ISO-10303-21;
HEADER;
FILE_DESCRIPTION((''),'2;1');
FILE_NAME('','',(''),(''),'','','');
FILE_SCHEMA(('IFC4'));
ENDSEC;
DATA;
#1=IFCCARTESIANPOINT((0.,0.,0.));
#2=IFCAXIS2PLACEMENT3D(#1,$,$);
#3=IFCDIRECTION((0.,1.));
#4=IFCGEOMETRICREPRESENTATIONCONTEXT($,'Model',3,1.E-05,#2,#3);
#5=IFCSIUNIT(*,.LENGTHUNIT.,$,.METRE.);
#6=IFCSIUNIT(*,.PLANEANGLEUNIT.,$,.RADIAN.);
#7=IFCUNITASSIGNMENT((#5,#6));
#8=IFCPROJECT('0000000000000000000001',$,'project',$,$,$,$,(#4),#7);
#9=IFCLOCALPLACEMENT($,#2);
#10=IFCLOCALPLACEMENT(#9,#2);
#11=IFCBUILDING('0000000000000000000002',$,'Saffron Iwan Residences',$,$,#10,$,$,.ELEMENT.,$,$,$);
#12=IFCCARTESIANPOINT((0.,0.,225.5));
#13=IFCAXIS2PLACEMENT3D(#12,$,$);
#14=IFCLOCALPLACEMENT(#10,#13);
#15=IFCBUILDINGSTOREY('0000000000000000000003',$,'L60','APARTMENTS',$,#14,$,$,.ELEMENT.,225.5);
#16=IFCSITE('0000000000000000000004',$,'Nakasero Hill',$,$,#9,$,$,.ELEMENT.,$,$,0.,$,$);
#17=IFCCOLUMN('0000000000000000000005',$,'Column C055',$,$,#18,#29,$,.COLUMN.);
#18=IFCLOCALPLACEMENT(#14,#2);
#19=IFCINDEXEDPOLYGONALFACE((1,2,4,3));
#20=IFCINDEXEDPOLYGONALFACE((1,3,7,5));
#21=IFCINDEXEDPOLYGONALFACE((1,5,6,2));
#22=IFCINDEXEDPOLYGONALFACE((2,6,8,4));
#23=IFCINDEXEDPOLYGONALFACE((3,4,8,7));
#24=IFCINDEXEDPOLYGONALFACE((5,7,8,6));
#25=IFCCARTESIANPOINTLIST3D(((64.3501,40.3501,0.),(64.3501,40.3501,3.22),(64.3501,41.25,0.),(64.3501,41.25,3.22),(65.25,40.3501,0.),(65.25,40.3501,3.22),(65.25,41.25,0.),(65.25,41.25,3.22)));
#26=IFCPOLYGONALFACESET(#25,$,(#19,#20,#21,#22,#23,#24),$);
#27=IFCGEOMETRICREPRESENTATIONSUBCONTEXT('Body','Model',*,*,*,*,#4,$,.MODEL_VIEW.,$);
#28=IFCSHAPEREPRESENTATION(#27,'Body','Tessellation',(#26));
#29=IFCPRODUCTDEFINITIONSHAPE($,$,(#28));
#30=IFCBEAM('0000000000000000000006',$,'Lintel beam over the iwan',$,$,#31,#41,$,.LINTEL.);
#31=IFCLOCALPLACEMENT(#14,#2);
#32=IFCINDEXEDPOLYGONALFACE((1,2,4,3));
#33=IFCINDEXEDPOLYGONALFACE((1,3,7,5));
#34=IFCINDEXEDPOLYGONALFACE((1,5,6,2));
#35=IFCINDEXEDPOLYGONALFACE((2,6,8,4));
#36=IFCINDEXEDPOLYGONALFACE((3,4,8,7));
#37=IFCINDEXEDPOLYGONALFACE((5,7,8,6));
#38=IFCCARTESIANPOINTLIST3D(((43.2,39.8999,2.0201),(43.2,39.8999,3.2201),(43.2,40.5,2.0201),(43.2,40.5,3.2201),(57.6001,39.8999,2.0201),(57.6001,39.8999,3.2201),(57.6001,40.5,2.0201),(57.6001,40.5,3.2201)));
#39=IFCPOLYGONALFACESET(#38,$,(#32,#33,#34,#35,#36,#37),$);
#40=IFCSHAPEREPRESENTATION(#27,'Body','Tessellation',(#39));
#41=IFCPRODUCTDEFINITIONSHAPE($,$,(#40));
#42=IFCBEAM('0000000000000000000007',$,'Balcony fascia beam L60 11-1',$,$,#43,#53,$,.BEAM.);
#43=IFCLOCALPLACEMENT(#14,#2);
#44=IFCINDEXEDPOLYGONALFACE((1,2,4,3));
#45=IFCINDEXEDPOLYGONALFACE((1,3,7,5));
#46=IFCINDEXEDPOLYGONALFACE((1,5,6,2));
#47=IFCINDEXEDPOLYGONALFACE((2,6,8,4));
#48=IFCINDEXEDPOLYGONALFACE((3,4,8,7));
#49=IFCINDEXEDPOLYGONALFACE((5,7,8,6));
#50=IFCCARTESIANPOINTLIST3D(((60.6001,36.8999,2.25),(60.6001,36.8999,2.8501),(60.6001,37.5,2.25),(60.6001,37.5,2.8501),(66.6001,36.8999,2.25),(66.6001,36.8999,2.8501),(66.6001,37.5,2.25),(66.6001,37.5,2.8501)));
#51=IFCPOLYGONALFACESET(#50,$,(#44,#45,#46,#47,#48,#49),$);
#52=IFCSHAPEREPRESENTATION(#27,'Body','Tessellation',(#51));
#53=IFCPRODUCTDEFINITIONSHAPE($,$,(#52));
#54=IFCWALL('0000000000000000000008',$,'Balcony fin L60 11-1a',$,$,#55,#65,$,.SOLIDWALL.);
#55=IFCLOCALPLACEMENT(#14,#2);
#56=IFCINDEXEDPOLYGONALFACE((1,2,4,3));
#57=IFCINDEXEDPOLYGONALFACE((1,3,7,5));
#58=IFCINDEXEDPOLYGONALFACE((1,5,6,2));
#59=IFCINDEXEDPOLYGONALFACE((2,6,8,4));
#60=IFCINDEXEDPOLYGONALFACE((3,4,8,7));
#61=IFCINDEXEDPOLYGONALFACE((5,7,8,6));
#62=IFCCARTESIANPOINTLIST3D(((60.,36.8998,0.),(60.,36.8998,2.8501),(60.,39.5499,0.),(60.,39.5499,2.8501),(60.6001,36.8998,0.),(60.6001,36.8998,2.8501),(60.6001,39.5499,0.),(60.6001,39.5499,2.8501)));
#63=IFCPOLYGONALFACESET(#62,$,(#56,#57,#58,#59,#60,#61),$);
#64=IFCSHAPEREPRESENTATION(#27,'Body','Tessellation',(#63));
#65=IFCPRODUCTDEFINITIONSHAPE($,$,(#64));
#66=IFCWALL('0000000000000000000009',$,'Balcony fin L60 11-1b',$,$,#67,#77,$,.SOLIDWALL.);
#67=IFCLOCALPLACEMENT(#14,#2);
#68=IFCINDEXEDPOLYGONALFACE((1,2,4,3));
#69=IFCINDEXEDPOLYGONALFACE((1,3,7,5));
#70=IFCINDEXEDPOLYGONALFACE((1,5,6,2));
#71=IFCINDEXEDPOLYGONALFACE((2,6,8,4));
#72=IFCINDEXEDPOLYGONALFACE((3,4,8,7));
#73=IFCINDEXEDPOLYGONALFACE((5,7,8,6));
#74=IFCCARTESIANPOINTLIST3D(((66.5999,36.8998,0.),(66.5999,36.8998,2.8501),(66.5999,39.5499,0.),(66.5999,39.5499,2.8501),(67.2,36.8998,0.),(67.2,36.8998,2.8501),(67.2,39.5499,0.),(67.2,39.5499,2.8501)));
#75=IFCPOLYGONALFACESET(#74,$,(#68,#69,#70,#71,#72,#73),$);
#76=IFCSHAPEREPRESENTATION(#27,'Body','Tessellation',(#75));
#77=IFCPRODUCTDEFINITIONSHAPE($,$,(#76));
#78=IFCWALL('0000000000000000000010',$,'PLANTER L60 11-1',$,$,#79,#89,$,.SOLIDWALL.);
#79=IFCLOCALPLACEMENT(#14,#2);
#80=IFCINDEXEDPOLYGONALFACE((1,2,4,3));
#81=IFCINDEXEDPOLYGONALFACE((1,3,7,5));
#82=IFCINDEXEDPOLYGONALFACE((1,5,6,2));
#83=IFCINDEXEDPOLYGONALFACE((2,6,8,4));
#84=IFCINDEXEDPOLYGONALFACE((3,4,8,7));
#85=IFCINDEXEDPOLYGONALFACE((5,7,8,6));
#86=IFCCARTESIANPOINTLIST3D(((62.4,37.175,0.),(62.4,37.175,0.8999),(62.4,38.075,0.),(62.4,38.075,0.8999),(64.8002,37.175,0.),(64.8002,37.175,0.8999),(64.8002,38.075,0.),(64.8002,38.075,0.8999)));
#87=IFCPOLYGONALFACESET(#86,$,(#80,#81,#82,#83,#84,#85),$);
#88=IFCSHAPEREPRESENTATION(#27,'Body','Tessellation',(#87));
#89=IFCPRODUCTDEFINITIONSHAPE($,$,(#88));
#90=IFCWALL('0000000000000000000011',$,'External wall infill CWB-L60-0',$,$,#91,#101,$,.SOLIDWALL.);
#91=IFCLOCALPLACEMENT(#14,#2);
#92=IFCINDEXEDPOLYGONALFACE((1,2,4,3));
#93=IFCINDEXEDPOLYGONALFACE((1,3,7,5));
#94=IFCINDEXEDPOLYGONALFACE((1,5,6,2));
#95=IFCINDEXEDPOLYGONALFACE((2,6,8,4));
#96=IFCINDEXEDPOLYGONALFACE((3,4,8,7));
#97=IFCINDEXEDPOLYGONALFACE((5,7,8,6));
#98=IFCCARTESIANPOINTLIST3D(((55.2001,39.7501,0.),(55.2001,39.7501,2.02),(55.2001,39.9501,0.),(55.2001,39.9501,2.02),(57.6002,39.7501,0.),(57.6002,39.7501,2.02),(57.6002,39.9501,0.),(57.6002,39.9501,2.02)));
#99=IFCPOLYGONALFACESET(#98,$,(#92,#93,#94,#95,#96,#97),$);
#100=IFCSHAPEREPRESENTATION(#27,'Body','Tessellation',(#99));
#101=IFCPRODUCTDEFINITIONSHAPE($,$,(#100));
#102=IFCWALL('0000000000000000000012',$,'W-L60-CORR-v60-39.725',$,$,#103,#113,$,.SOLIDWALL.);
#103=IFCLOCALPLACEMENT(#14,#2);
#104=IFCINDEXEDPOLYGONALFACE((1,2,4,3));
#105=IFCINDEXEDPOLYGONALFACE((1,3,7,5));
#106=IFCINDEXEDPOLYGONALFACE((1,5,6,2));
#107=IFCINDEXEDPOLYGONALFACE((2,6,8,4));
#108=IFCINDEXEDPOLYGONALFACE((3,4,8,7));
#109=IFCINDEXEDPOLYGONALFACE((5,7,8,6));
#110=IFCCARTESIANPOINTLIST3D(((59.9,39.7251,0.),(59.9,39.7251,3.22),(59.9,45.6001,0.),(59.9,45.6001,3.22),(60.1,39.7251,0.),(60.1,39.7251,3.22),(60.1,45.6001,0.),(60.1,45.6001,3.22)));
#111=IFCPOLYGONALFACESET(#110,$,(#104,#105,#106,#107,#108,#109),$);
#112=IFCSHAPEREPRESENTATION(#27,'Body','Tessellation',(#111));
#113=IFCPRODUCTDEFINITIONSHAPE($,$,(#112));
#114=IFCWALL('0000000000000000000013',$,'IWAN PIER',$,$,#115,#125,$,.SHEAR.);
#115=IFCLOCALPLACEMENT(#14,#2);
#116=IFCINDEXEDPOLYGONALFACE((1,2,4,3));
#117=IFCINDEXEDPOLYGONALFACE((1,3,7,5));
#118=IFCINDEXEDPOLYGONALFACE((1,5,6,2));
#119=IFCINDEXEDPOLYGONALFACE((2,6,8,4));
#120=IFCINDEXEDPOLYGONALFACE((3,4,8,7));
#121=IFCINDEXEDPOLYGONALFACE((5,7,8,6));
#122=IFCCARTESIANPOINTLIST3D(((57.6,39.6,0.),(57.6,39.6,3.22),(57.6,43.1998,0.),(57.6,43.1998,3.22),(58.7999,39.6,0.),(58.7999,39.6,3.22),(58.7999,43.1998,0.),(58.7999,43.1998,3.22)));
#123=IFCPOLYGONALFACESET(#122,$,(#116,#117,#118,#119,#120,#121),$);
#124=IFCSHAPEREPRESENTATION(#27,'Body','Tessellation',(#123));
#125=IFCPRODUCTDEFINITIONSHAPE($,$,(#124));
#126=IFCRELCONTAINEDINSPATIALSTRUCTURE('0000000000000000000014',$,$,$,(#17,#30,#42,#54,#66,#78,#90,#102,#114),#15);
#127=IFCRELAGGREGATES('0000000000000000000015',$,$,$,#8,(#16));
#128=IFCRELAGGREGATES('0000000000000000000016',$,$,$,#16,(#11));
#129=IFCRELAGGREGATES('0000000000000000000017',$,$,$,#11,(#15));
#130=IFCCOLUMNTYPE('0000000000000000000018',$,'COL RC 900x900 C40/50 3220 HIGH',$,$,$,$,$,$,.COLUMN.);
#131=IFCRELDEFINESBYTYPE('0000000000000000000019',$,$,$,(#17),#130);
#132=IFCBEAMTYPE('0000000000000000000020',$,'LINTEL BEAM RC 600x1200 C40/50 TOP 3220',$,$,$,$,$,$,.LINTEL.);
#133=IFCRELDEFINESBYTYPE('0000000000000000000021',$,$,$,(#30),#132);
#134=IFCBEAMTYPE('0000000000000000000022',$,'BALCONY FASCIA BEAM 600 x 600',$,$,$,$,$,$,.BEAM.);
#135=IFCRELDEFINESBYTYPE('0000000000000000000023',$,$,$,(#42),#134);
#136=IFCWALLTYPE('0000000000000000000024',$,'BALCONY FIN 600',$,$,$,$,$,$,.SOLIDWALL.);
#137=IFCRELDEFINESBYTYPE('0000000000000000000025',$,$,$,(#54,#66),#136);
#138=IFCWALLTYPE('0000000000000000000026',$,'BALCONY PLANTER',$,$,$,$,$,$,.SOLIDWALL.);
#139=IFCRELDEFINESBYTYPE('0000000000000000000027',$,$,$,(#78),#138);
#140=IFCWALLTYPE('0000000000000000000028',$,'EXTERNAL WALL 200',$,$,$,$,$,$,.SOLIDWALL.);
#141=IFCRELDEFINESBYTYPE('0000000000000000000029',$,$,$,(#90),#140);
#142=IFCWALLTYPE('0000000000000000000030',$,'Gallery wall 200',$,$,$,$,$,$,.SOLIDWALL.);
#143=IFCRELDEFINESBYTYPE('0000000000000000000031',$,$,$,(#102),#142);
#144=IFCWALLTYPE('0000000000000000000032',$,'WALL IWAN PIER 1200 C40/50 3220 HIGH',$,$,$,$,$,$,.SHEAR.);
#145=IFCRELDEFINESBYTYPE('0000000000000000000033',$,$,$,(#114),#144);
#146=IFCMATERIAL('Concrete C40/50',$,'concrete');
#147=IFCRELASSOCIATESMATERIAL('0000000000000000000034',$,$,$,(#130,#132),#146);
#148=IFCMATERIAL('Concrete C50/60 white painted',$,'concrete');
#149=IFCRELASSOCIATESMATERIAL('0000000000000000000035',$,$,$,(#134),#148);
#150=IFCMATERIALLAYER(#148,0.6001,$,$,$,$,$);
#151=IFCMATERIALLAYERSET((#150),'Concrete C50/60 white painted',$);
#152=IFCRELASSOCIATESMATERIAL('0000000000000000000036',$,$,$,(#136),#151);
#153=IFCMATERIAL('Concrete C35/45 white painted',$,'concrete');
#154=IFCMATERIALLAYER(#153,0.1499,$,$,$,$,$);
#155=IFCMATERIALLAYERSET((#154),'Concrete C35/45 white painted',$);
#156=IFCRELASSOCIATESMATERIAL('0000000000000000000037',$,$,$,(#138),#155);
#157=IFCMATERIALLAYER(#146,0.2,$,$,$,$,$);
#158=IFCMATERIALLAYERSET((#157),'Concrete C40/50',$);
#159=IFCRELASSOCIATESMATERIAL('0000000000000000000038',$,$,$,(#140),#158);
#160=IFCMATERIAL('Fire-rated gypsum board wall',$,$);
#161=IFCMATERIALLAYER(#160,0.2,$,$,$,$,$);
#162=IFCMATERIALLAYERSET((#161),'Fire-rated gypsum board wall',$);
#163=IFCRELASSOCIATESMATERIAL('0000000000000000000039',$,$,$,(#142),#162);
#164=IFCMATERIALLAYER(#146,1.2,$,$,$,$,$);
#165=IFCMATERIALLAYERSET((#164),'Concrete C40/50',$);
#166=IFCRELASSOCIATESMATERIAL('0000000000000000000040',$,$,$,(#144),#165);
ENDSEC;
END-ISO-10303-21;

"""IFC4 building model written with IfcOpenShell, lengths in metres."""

from ifc_helpers import new_model, si_unit, direction, frame, frame_2d, origin, origin_2d, place, context, subcontext, project, spatial, rectangle, extrude, source, transform, mapped, material, layer, layer_set, material_profile, profile_set, type_object, element, save


model = new_model("IFC4")

# Units and contexts
model_context = context("Model", 3, precision=1e-05, world=origin(), true_north=direction((0.0, 1.0)))
body_context = subcontext(model_context, "Body", "Model", "MODEL_VIEW")
ifc_project = project(units=[si_unit("LENGTHUNIT", "METRE"), si_unit("PLANEANGLEUNIT", "RADIAN")], contexts=[model_context])

# Site, building, storey
site_placement = place(None, origin())
site = spatial("IfcSite", under=ifc_project, at=site_placement, Name="Nakasero Hill", CompositionType="ELEMENT", RefElevation=0.0)
building_placement = place(site_placement, origin())
building = spatial("IfcBuilding", under=site, at=building_placement, Name="Saffron Iwan Residences", CompositionType="ELEMENT")
storey_placement = place(building_placement, frame((0.0, 0.0, 225.5)))
storey = spatial("IfcBuildingStorey", under=building, at=storey_placement, Name="L60", Description="APARTMENTS", CompositionType="ELEMENT", Elevation=225.5)

# Column
ifc_material_1 = material(Name="Concrete C40/50", Category="concrete")
ifc_material_profile_1 = material_profile(ifc_material_1, rectangle(XDim=0.8999, YDim=0.8999, at=origin_2d()), Name="RC 900x900")
ifc_profile_set_1 = profile_set([ifc_material_profile_1], Name="Concrete C40/50")
column_type = type_object("IfcColumnType", Name="COL RC 900x900 C40/50 3220 HIGH", PredefinedType="COLUMN", material=ifc_profile_set_1)
shared_shape_1 = source(origin(), body_context, "Body", "SweptSolid", [
    extrude(rectangle(XDim=0.8999, YDim=0.8999, at=origin_2d()), origin(), (0.0, 0.0, 1.0), 3.22),
])
column_placement = place(storey_placement, frame((64.8, 40.8, 0.0), z_axis=(0.0, 0.0, 1.0), x_axis=(1.0, 0.0, 0.0)))
element("IfcColumn", 1, at=column_placement, inside=storey, type_object=column_type, Name="Column C055", PredefinedType="COLUMN", context=body_context, shape_type="MappedRepresentation", body=[
    mapped(shared_shape_1, transform((0.0, 0.0, 0.0))),
])

# Beams
ifc_material_profile_2 = material_profile(ifc_material_1, rectangle(XDim=0.6001, YDim=1.2, at=origin_2d()), Name="RC 600x1200")
ifc_profile_set_2 = profile_set([ifc_material_profile_2], Name="Concrete C40/50")
beam_type_1 = type_object("IfcBeamType", Name="LINTEL BEAM RC 600x1200 C40/50 TOP 3220", PredefinedType="LINTEL", material=ifc_profile_set_2)
shared_shape_2 = source(origin(), body_context, "Body", "SweptSolid", [
    extrude(rectangle(XDim=0.6001, YDim=1.2, at=origin_2d()), origin(), (0.0, 0.0, 1.0), 14.4001),
])
beam_1_placement = place(storey_placement, frame((57.6001, 40.2, 2.6201), z_axis=(-1.0, 0.0, 0.0), x_axis=(0.0, -1.0, 0.0)))
element("IfcBeam", 2, at=beam_1_placement, inside=storey, type_object=beam_type_1, Name="Lintel beam over the iwan", PredefinedType="LINTEL", context=body_context, shape_type="MappedRepresentation", body=[
    mapped(shared_shape_2, transform((0.0, 0.0, 0.0))),
])
ifc_material_2 = material(Name="Concrete C50/60 white painted", Category="concrete")
ifc_material_profile_3 = material_profile(ifc_material_2, rectangle(XDim=0.6001, YDim=0.6001, at=origin_2d()), Name="BALCONY FASCIA BEAM 600 x 600")
ifc_profile_set_3 = profile_set([ifc_material_profile_3], Name="Concrete C50/60 white painted")
beam_type_2 = type_object("IfcBeamType", Name="BALCONY FASCIA BEAM 600 x 600", PredefinedType="BEAM", material=ifc_profile_set_3)
shared_shape_3 = source(origin(), body_context, "Body", "SweptSolid", [
    extrude(rectangle(XDim=0.6001, YDim=0.6001, at=origin_2d()), origin(), (0.0, 0.0, 1.0), 6.0),
])
beam_2_placement = place(storey_placement, frame((60.6001, 37.2, 2.55), z_axis=(1.0, 0.0, 0.0), x_axis=(0.0, 1.0, 0.0)))
element("IfcBeam", 3, at=beam_2_placement, inside=storey, type_object=beam_type_2, Name="Balcony fascia beam L60 11-1", PredefinedType="BEAM", context=body_context, shape_type="MappedRepresentation", body=[
    mapped(shared_shape_3, transform((0.0, 0.0, 0.0))),
])

# Walls
ifc_layer_1 = layer(ifc_material_2, 0.6001)
ifc_layer_set_1 = layer_set([ifc_layer_1], Name="Concrete C50/60 white painted")
wall_type_1 = type_object("IfcWallType", Name="BALCONY FIN 600", PredefinedType="SOLIDWALL", material=ifc_layer_set_1)
for number, where, z_axis, x_axis, name in (
    (4, (60.3, 39.55, 0.0), (0.0, 0.0, 1.0), (0.0, -1.0, 0.0), "Balcony fin L60 11-1a"),
    (5, (66.8999, 39.55, 0.0), (0.0, 0.0, 1.0), (0.0, -1.0, 0.0), "Balcony fin L60 11-1b"),
):
    element("IfcWall", number, at=place(storey_placement, frame(where, z_axis=z_axis, x_axis=x_axis)), inside=storey, type_object=wall_type_1, Name=name, PredefinedType="SOLIDWALL", context=body_context, shape_type="SweptSolid", body=[
        extrude(rectangle(XDim=2.6501, YDim=0.6001, at=frame_2d((1.3252, 0.0))), origin(), (0.0, 0.0, 1.0), 2.8501),
    ])
ifc_material_3 = material(Name="Concrete C35/45 white painted", Category="concrete")
ifc_layer_2 = layer(ifc_material_3, 0.1499)
ifc_layer_set_2 = layer_set([ifc_layer_2], Name="Concrete C35/45 white painted")
wall_type_2 = type_object("IfcWallType", Name="BALCONY PLANTER", PredefinedType="SOLIDWALL", material=ifc_layer_set_2)
wall_1_placement = place(storey_placement, frame((62.3999, 37.625, 0.0), z_axis=(0.0, 0.0, 1.0), x_axis=(1.0, 0.0, 0.0)))
element("IfcWall", 6, at=wall_1_placement, inside=storey, type_object=wall_type_2, Name="PLANTER L60 11-1", PredefinedType="SOLIDWALL", context=body_context, shape_type="SweptSolid", body=[
    extrude(rectangle(XDim=2.4001, YDim=0.8999, at=frame_2d((1.2002, 0.0))), origin(), (0.0, 0.0, 1.0), 0.8999),
])

# Shared definitions
ifc_layer_3 = layer(ifc_material_1, 0.2)
ifc_layer_set_3 = layer_set([ifc_layer_3], Name="Concrete C40/50")
wall_type_3 = type_object("IfcWallType", Name="EXTERNAL WALL 200", PredefinedType="SOLIDWALL", material=ifc_layer_set_3)

# Walls
wall_2_placement = place(storey_placement, frame((55.2, 39.8501, 0.0), z_axis=(0.0, 0.0, 1.0), x_axis=(1.0, 0.0, 0.0)))
element("IfcWall", 7, at=wall_2_placement, inside=storey, type_object=wall_type_3, Name="External wall infill CWB-L60-0", PredefinedType="SOLIDWALL", context=body_context, shape_type="SweptSolid", body=[
    extrude(rectangle(XDim=2.4001, YDim=0.2, at=frame_2d((1.2002, 0.0))), origin(), (0.0, 0.0, 1.0), 2.02),
])
ifc_material_4 = material(Name="Fire-rated gypsum board wall")
ifc_layer_4 = layer(ifc_material_4, 0.2)
ifc_layer_set_4 = layer_set([ifc_layer_4], Name="Fire-rated gypsum board wall")
wall_type_4 = type_object("IfcWallType", Name="Gallery wall 200", PredefinedType="SOLIDWALL", material=ifc_layer_set_4)
wall_3_placement = place(storey_placement, frame((60.0, 39.7251, 0.0), z_axis=(0.0, 0.0, 1.0), x_axis=(0.0, 1.0, 0.0)))
element("IfcWall", 8, at=wall_3_placement, inside=storey, type_object=wall_type_4, Name="W-L60-CORR-v60-39.725", PredefinedType="SOLIDWALL", context=body_context, shape_type="SweptSolid", body=[
    extrude(rectangle(XDim=5.875, YDim=0.2, at=frame_2d((2.9375, 0.0))), origin(), (0.0, 0.0, 1.0), 3.22),
])
ifc_layer_5 = layer(ifc_material_1, 1.2)
ifc_layer_set_5 = layer_set([ifc_layer_5], Name="Concrete C40/50")
wall_type_5 = type_object("IfcWallType", Name="WALL IWAN PIER 1200 C40/50 3220 HIGH", PredefinedType="SHEAR", material=ifc_layer_set_5)
wall_4_placement = place(storey_placement, frame((58.2, 39.6001, 0.0), z_axis=(0.0, 0.0, 1.0), x_axis=(0.0, 1.0, 0.0)))
element("IfcWall", 9, at=wall_4_placement, inside=storey, type_object=wall_type_5, Name="IWAN PIER", PredefinedType="SHEAR", context=body_context, shape_type="SweptSolid", body=[
    extrude(rectangle(XDim=3.5999, YDim=1.2, at=frame_2d((1.7998, 0.0))), origin(), (0.0, 0.0, 1.0), 3.22),
])

save(model, "model.ifc")
